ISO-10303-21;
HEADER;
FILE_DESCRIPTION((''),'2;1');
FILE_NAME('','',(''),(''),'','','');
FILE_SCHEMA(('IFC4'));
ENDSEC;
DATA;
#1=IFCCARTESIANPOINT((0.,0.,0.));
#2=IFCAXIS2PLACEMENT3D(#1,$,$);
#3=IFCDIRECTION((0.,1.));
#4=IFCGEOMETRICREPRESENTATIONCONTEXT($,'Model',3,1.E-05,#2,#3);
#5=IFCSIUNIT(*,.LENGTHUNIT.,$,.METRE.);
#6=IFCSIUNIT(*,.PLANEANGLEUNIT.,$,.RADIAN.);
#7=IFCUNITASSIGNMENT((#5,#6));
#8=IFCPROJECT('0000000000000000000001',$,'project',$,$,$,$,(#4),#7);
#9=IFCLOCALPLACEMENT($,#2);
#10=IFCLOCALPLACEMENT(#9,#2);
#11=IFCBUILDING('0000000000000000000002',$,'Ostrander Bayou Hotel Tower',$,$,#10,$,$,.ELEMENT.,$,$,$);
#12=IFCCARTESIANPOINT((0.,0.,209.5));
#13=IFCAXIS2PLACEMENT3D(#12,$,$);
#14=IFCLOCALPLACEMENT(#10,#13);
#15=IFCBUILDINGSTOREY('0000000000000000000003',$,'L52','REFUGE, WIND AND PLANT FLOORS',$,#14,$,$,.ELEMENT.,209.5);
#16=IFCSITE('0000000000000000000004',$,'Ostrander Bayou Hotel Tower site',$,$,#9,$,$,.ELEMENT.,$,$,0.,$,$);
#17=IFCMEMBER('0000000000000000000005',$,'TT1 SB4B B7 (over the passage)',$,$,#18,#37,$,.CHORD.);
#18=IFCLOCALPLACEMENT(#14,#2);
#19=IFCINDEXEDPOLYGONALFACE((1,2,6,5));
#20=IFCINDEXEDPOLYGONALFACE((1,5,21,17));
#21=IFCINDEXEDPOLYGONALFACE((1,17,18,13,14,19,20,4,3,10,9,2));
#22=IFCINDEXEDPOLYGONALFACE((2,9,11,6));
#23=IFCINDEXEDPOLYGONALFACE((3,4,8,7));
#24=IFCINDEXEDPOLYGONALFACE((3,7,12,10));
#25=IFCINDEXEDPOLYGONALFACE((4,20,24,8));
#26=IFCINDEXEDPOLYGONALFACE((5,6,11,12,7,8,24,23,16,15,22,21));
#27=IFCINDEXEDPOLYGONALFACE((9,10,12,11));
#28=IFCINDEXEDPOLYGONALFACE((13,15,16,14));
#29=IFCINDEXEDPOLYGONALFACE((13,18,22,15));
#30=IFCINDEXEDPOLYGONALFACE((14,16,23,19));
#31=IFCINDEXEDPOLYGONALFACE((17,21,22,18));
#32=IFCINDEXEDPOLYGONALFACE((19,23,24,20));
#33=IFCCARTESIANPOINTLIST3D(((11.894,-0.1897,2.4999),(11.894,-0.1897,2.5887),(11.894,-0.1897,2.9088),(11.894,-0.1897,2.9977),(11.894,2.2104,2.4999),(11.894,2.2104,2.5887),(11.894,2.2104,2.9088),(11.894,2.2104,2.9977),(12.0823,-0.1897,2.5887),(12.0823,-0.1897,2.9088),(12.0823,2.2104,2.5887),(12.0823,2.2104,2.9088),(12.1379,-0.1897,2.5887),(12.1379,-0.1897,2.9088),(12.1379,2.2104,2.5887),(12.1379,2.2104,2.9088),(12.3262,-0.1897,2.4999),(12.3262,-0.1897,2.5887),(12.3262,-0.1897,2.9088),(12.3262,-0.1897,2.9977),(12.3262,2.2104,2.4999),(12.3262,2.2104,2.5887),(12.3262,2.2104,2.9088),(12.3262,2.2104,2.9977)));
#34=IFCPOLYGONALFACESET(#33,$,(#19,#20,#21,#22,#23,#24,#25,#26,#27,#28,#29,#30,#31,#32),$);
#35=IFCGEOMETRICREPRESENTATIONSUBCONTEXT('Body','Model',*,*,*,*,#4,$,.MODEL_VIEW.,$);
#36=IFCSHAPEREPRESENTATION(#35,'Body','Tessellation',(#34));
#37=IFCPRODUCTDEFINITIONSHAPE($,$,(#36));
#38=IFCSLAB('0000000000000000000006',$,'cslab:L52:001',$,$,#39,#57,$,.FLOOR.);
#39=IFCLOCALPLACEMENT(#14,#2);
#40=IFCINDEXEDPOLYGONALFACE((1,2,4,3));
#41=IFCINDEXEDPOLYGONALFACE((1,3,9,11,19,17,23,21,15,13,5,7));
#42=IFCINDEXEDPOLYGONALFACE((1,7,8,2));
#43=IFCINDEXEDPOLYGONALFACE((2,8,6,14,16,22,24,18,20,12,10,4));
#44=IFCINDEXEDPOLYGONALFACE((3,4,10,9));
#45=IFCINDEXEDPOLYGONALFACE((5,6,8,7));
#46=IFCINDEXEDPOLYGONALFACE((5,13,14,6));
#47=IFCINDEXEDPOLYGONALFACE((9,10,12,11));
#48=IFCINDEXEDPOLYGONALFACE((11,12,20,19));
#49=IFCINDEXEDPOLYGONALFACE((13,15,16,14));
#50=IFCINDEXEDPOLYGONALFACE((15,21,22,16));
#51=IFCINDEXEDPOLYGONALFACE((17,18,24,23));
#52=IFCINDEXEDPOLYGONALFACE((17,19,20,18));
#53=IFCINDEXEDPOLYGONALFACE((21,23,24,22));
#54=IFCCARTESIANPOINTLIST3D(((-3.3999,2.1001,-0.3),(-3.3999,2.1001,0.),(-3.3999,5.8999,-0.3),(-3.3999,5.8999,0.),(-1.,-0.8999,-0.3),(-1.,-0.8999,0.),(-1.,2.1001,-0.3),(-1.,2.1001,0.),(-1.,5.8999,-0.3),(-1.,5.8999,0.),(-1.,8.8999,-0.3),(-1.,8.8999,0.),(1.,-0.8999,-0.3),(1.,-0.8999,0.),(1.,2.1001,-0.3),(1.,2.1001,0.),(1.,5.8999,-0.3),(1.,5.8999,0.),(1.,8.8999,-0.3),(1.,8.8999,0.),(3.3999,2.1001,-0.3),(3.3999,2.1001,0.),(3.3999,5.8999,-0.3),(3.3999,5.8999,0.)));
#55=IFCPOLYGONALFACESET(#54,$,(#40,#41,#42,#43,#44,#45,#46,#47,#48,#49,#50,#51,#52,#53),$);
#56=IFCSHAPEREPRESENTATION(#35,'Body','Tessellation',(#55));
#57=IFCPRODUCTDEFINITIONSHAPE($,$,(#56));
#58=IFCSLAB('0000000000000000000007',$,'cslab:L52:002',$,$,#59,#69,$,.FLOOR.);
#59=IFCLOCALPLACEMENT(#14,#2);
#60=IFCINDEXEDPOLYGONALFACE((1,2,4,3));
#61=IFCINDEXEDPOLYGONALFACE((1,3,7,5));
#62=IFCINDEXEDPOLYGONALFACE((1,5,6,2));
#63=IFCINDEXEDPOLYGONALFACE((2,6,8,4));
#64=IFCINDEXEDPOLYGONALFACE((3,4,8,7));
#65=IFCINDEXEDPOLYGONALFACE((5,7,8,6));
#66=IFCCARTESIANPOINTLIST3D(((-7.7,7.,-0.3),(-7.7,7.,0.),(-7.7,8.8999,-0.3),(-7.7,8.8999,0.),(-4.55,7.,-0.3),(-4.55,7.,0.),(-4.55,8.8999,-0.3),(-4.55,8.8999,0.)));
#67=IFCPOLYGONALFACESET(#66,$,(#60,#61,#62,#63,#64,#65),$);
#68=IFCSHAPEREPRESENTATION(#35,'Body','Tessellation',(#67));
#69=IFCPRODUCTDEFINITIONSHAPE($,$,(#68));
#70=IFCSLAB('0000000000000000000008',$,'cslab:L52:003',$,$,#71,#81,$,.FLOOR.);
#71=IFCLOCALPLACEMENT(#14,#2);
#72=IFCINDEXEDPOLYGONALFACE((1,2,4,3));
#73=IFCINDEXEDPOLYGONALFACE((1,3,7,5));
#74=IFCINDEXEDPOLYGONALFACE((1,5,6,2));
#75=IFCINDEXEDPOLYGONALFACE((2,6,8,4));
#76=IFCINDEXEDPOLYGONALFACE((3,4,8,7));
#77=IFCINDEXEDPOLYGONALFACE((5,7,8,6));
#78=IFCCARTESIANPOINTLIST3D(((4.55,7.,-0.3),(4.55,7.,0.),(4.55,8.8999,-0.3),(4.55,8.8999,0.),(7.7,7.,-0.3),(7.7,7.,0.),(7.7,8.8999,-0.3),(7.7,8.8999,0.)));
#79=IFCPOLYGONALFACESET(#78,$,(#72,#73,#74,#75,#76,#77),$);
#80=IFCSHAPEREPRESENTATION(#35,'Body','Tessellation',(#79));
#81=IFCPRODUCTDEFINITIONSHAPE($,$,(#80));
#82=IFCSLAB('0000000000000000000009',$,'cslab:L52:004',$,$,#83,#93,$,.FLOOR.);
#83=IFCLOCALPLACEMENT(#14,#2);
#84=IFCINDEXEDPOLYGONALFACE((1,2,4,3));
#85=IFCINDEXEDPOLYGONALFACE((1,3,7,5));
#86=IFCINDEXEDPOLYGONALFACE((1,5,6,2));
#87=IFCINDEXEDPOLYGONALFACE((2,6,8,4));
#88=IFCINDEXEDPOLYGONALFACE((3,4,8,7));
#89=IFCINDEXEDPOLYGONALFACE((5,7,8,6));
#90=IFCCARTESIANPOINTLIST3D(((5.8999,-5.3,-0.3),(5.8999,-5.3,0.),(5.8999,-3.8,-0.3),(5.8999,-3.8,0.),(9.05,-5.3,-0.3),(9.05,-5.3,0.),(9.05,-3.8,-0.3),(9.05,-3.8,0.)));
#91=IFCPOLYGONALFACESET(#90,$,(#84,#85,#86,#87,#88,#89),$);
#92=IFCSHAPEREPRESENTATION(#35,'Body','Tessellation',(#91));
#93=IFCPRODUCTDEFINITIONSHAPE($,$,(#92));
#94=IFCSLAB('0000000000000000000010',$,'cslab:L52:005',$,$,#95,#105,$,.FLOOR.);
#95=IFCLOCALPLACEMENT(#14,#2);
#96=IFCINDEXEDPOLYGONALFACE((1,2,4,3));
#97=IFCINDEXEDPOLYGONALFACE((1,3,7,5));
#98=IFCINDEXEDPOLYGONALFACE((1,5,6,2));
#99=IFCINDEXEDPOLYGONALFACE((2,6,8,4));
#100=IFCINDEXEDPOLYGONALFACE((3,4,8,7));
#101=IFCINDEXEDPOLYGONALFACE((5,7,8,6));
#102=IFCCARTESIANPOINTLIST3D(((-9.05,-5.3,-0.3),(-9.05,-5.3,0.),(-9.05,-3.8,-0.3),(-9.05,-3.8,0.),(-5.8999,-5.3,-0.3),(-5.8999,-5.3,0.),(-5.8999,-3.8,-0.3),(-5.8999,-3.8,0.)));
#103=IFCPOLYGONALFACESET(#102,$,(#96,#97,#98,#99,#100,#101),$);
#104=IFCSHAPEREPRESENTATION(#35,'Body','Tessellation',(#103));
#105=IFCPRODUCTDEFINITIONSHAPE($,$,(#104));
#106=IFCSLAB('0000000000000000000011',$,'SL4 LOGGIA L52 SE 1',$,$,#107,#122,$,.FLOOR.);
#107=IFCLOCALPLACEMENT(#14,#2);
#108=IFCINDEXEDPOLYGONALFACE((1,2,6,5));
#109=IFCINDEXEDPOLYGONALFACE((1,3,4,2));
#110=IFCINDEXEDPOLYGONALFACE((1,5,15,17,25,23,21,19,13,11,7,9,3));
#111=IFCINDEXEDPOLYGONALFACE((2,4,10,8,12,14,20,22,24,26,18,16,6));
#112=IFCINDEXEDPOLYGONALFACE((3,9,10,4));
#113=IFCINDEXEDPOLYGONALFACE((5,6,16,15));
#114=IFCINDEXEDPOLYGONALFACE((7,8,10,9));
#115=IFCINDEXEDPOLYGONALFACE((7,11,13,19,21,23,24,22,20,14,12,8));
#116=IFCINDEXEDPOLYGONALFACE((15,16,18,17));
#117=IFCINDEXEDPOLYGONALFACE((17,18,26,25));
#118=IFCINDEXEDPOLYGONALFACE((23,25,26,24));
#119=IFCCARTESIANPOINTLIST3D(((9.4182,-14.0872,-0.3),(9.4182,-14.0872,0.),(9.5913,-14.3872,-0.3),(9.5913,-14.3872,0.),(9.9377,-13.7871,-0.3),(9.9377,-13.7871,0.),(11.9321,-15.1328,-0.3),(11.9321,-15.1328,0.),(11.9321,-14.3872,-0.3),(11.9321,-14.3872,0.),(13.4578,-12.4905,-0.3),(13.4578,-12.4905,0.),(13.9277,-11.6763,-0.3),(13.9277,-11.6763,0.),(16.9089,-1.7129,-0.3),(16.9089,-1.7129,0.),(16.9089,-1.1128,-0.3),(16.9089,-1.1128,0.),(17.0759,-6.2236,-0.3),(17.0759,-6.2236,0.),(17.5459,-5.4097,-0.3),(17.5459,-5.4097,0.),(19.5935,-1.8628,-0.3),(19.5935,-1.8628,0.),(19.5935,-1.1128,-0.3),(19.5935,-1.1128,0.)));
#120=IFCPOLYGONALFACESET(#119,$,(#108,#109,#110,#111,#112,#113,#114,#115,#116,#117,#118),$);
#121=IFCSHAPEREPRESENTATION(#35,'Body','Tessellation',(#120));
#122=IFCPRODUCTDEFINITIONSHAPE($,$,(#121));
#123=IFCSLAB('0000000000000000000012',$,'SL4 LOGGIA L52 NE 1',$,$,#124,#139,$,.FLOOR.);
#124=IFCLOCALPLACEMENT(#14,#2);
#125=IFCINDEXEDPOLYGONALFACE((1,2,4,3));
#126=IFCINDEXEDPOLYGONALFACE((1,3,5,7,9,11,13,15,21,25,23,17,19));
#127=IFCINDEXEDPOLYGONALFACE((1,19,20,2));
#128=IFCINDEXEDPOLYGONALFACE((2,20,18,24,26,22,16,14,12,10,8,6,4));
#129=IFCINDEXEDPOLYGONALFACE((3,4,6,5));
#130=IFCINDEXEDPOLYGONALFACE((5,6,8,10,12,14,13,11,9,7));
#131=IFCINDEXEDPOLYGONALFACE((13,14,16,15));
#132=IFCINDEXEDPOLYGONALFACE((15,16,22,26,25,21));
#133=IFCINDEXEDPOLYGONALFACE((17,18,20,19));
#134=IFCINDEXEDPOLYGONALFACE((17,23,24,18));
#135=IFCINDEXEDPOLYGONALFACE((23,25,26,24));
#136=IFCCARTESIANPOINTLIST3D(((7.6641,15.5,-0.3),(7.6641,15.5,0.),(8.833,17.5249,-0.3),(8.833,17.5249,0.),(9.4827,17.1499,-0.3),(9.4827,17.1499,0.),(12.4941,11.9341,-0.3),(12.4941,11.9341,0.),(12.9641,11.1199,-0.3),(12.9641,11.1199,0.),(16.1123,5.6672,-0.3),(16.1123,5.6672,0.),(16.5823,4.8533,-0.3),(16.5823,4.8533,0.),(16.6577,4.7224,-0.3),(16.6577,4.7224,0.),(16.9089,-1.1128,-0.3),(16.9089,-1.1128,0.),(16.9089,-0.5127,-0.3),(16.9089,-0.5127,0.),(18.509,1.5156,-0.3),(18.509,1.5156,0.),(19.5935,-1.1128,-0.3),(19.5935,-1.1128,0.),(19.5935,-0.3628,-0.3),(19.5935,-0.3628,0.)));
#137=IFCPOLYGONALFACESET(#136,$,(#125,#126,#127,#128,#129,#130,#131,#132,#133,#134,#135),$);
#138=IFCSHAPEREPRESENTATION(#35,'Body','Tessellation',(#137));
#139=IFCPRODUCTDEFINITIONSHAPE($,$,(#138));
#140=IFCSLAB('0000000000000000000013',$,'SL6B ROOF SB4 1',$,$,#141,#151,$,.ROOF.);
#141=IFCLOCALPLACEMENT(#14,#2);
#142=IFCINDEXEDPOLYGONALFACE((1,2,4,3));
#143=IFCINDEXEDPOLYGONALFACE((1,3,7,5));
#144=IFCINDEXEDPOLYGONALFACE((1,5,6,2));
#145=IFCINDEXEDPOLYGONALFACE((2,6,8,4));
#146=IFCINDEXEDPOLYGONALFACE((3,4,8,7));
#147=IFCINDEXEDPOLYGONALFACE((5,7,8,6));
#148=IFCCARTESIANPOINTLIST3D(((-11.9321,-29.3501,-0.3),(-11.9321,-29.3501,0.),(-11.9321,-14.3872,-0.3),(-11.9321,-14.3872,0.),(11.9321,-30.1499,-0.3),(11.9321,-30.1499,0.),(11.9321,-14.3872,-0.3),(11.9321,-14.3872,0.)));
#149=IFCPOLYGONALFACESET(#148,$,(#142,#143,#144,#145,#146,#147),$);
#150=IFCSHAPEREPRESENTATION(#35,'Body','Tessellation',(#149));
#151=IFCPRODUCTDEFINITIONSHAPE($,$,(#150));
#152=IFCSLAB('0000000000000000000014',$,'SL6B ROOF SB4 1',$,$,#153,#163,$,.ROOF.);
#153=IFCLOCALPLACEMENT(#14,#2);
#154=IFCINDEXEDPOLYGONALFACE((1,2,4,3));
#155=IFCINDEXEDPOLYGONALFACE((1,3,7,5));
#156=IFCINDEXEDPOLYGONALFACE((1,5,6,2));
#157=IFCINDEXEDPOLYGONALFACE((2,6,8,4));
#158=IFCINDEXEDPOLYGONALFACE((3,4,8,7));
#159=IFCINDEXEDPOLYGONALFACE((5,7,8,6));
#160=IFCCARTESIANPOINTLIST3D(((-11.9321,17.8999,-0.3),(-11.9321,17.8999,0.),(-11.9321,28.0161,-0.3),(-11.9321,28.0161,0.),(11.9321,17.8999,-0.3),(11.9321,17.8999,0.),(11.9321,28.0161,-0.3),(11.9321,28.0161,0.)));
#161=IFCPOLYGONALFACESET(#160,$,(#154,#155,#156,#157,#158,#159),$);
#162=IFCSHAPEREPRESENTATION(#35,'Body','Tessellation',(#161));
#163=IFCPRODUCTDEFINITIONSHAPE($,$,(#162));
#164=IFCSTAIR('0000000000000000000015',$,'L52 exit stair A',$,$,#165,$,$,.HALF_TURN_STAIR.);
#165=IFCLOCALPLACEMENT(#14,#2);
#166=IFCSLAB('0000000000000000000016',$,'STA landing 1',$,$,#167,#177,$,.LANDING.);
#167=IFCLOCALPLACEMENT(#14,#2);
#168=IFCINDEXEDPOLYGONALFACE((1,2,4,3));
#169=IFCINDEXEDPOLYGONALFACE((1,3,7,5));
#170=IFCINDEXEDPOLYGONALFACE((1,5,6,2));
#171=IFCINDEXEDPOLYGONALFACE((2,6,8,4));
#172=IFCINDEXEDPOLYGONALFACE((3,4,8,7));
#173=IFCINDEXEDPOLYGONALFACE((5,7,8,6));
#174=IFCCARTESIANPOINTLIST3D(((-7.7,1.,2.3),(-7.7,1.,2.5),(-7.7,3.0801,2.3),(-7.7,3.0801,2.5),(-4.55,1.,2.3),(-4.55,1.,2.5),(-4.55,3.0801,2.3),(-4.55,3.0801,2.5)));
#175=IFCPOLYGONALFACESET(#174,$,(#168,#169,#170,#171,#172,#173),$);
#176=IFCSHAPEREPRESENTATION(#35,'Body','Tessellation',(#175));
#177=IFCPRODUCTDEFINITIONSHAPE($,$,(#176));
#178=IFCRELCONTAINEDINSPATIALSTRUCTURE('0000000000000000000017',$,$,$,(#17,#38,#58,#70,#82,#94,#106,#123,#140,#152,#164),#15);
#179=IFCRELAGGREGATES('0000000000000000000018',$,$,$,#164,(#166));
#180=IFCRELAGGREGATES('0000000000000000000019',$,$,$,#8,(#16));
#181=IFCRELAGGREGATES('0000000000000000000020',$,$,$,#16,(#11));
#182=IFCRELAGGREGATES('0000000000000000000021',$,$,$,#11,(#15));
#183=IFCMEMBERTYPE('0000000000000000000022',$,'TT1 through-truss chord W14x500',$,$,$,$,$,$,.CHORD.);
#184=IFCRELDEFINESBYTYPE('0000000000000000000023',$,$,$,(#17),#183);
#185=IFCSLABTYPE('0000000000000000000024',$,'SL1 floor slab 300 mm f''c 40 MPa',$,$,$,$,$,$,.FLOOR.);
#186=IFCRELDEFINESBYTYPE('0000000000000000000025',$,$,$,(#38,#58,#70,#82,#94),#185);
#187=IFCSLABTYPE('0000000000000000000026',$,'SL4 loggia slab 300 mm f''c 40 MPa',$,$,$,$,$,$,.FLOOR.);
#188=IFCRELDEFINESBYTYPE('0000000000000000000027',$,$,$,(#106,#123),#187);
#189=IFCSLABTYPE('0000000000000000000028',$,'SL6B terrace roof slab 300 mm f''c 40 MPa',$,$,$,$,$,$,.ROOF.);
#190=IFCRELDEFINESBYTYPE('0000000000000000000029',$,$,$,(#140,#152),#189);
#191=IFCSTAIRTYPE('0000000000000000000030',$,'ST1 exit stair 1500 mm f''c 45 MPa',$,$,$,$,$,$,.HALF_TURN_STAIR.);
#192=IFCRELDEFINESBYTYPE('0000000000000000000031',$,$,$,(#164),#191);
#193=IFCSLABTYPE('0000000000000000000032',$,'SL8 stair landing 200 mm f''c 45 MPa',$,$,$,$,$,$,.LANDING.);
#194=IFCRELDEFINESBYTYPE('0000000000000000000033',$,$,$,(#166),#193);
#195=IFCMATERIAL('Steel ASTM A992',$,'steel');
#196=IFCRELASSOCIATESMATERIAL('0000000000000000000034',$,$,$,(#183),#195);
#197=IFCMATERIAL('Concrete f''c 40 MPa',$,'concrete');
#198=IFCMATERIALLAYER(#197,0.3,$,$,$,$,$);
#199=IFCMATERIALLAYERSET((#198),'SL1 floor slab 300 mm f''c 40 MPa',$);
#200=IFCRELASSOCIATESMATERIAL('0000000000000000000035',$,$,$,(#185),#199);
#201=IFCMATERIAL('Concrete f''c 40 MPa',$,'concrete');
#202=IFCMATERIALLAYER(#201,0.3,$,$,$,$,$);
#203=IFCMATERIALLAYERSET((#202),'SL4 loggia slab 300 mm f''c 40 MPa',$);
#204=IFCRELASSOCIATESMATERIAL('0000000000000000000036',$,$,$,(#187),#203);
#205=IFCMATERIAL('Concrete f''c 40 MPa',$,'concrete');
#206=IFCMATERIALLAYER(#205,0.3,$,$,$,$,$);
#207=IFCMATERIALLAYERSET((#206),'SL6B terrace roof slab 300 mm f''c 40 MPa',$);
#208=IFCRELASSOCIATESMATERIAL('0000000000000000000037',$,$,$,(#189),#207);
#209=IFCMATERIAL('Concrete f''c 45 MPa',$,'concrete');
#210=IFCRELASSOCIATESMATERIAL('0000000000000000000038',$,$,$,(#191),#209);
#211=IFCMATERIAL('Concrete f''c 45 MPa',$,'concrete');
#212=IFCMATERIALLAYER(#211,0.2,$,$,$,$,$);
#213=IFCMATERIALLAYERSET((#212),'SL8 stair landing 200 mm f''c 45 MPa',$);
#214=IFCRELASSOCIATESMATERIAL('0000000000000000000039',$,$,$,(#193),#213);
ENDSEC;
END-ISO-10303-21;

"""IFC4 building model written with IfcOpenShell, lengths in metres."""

from ifc_helpers import new_model, si_unit, direction, frame, origin, origin_2d, place, context, subcontext, project, spatial, polyline, i_section, outline, extrude, material, layer, layer_set, material_profile, profile_set, type_object, element, aggregate, save


model = new_model("IFC4")

# Units and contexts
model_context = context("Model", 3, precision=1e-05, world=origin(), true_north=direction((0.0, 1.0)))
body_context = subcontext(model_context, "Body", "Model", "MODEL_VIEW")
ifc_project = project(units=[si_unit("LENGTHUNIT", "METRE"), si_unit("PLANEANGLEUNIT", "RADIAN")], contexts=[model_context])

# Site, building, storey
site_placement = place(None, origin())
site = spatial("IfcSite", under=ifc_project, at=site_placement, Name="Ostrander Bayou Hotel Tower site", CompositionType="ELEMENT", RefElevation=0.0)
building_placement = place(site_placement, origin())
building = spatial("IfcBuilding", under=site, at=building_placement, Name="Ostrander Bayou Hotel Tower", CompositionType="ELEMENT")
storey_placement = place(building_placement, frame((0.0, 0.0, 209.5)))
storey = spatial("IfcBuildingStorey", under=building, at=storey_placement, Name="L52", Description="REFUGE, WIND AND PLANT FLOORS", CompositionType="ELEMENT", Elevation=209.5)

# Member
ifc_material_1 = material(Name="Steel ASTM A992", Category="steel")
ifc_material_profile = material_profile(ifc_material_1, i_section(OverallWidth=0.4321, OverallDepth=0.4978, WebThickness=0.0557, FlangeThickness=0.0889, at=origin_2d()))
ifc_profile_set = profile_set([ifc_material_profile], Name="Steel ASTM A992")
member_type = type_object("IfcMemberType", Name="TT1 through-truss chord W14x500", PredefinedType="CHORD", material=ifc_profile_set)
member_placement = place(storey_placement, frame((12.1101, 2.2104, 2.7488), z_axis=(0.0, -1.0, 0.0), x_axis=(1.0, 0.0, 0.0)))
element("IfcMember", 1, at=member_placement, inside=storey, type_object=member_type, Name="TT1 SB4B B7 (over the passage)", PredefinedType="CHORD", context=body_context, shape_type="SweptSolid", body=[
    extrude(i_section(OverallWidth=0.4321, OverallDepth=0.4978, WebThickness=0.0557, FlangeThickness=0.0889, at=origin_2d()), origin(), (0.0, 0.0, 1.0), 2.4001),
])

# Slabs
ifc_material_2 = material(Name="Concrete f'c 40 MPa", Category="concrete")
ifc_layer_1 = layer(ifc_material_2, 0.3)
ifc_layer_set_1 = layer_set([ifc_layer_1], Name="SL1 floor slab 300 mm f'c 40 MPa")
slab_type_1 = type_object("IfcSlabType", Name="SL1 floor slab 300 mm f'c 40 MPa", PredefinedType="FLOOR", material=ifc_layer_set_1)
slab_1_placement = place(storey_placement, frame((0.0, 0.0, -0.3)))
element("IfcSlab", 2, at=slab_1_placement, inside=storey, type_object=slab_type_1, Name="cslab:L52:001", PredefinedType="FLOOR", context=body_context, shape_type="SweptSolid", body=[
    extrude(outline(polyline([(-3.3999, 5.8999), (-1.0, 5.8999), (-1.0, 8.8999), (1.0, 8.8999), (1.0, 5.8999), (3.3999, 5.8999), (3.3999, 2.1001), (1.0, 2.1001), (1.0, -0.8999), (-1.0, -0.8999), (-1.0, 2.1001), (-3.3999, 2.1001), (-3.3999, 5.8999)])), origin(), (0.0, 0.0, 1.0), 0.3),
])
slab_2_placement = place(storey_placement, frame((0.0, 0.0, -0.3)))
element("IfcSlab", 3, at=slab_2_placement, inside=storey, type_object=slab_type_1, Name="cslab:L52:002", PredefinedType="FLOOR", context=body_context, shape_type="SweptSolid", body=[
    extrude(outline(polyline([(-4.55, 7.0), (-4.55, 8.8999), (-7.7, 8.8999), (-7.7, 7.0), (-4.55, 7.0)])), origin(), (0.0, 0.0, 1.0), 0.3),
])
slab_3_placement = place(storey_placement, frame((0.0, 0.0, -0.3)))
element("IfcSlab", 4, at=slab_3_placement, inside=storey, type_object=slab_type_1, Name="cslab:L52:003", PredefinedType="FLOOR", context=body_context, shape_type="SweptSolid", body=[
    extrude(outline(polyline([(7.7, 7.0), (7.7, 8.8999), (4.55, 8.8999), (4.55, 7.0), (7.7, 7.0)])), origin(), (0.0, 0.0, 1.0), 0.3),
])
slab_4_placement = place(storey_placement, frame((0.0, 0.0, -0.3)))
element("IfcSlab", 5, at=slab_4_placement, inside=storey, type_object=slab_type_1, Name="cslab:L52:004", PredefinedType="FLOOR", context=body_context, shape_type="SweptSolid", body=[
    extrude(outline(polyline([(9.05, -5.3), (9.05, -3.8), (5.8999, -3.8), (5.8999, -5.3), (9.05, -5.3)])), origin(), (0.0, 0.0, 1.0), 0.3),
])
slab_5_placement = place(storey_placement, frame((0.0, 0.0, -0.3)))
element("IfcSlab", 6, at=slab_5_placement, inside=storey, type_object=slab_type_1, Name="cslab:L52:005", PredefinedType="FLOOR", context=body_context, shape_type="SweptSolid", body=[
    extrude(outline(polyline([(-5.8999, -5.3), (-5.8999, -3.8), (-9.05, -3.8), (-9.05, -5.3), (-5.8999, -5.3)])), origin(), (0.0, 0.0, 1.0), 0.3),
])
ifc_material_3 = material(Name="Concrete f'c 40 MPa", Category="concrete")
ifc_layer_2 = layer(ifc_material_3, 0.3)
ifc_layer_set_2 = layer_set([ifc_layer_2], Name="SL4 loggia slab 300 mm f'c 40 MPa")
slab_type_2 = type_object("IfcSlabType", Name="SL4 loggia slab 300 mm f'c 40 MPa", PredefinedType="FLOOR", material=ifc_layer_set_2)
slab_6_placement = place(storey_placement, frame((0.0, 0.0, -0.3)))
element("IfcSlab", 7, at=slab_6_placement, inside=storey, type_object=slab_type_2, Name="SL4 LOGGIA L52 SE 1", PredefinedType="FLOOR", context=body_context, shape_type="SweptSolid", body=[
    extrude(outline(polyline([(13.9277, -11.6763), (13.4578, -12.4905), (11.9321, -15.1328), (11.9321, -14.3872), (9.5913, -14.3872), (9.4182, -14.0872), (9.9377, -13.7871), (16.9089, -1.7129), (16.9089, -1.1128), (19.5935, -1.1128), (19.5935, -1.8628), (17.5459, -5.4097), (17.0759, -6.2236), (13.9277, -11.6763)])), origin(), (0.0, 0.0, 1.0), 0.3),
])
slab_7_placement = place(storey_placement, frame((0.0, 0.0, -0.3)))
element("IfcSlab", 8, at=slab_7_placement, inside=storey, type_object=slab_type_2, Name="SL4 LOGGIA L52 NE 1", PredefinedType="FLOOR", context=body_context, shape_type="SweptSolid", body=[
    extrude(outline(polyline([(9.4827, 17.1499), (12.4941, 11.9341), (12.9641, 11.1199), (16.1123, 5.6672), (16.5823, 4.8533), (16.6577, 4.7224), (18.509, 1.5156), (19.5935, -0.3628), (19.5935, -1.1128), (16.9089, -1.1128), (16.9089, -0.5127), (7.6641, 15.5), (8.833, 17.5249), (9.4827, 17.1499)])), origin(), (0.0, 0.0, 1.0), 0.3),
])
ifc_material_4 = material(Name="Concrete f'c 40 MPa", Category="concrete")
ifc_layer_3 = layer(ifc_material_4, 0.3)
ifc_layer_set_3 = layer_set([ifc_layer_3], Name="SL6B terrace roof slab 300 mm f'c 40 MPa")
slab_type_3 = type_object("IfcSlabType", Name="SL6B terrace roof slab 300 mm f'c 40 MPa", PredefinedType="ROOF", material=ifc_layer_set_3)
slab_8_placement = place(storey_placement, frame((0.0, 0.0, -0.3)))
element("IfcSlab", 9, at=slab_8_placement, inside=storey, type_object=slab_type_3, Name="SL6B ROOF SB4 1", PredefinedType="ROOF", context=body_context, shape_type="SweptSolid", body=[
    extrude(outline(polyline([(-11.9321, -14.3872), (11.9321, -14.3872), (11.9321, -30.1499), (-11.9321, -29.3501), (-11.9321, -14.3872)])), origin(), (0.0, 0.0, 1.0), 0.3),
])
slab_9_placement = place(storey_placement, frame((0.0, 0.0, -0.3)))
element("IfcSlab", 10, at=slab_9_placement, inside=storey, type_object=slab_type_3, Name="SL6B ROOF SB4 1", PredefinedType="ROOF", context=body_context, shape_type="SweptSolid", body=[
    extrude(outline(polyline([(-11.9321, 28.0161), (11.9321, 28.0161), (11.9321, 17.8999), (-11.9321, 17.8999), (-11.9321, 28.0161)])), origin(), (0.0, 0.0, 1.0), 0.3),
])

# Stair, slab
ifc_material_5 = material(Name="Concrete f'c 45 MPa", Category="concrete")
stair_type = type_object("IfcStairType", Name="ST1 exit stair 1500 mm f'c 45 MPa", PredefinedType="HALF_TURN_STAIR", material=ifc_material_5)
stair_1_placement = place(storey_placement, origin())
stair_1 = element("IfcStair", 11, at=stair_1_placement, inside=storey, type_object=stair_type, Name="L52 exit stair A", PredefinedType="HALF_TURN_STAIR")
ifc_material_6 = material(Name="Concrete f'c 45 MPa", Category="concrete")
ifc_layer_4 = layer(ifc_material_6, 0.2)
ifc_layer_set_4 = layer_set([ifc_layer_4], Name="SL8 stair landing 200 mm f'c 45 MPa")
slab_type_4 = type_object("IfcSlabType", Name="SL8 stair landing 200 mm f'c 45 MPa", PredefinedType="LANDING", material=ifc_layer_set_4)
slab_10_placement = place(storey_placement, frame((0.0, 0.0, 2.3)))
slab_10 = element("IfcSlab", 12, at=slab_10_placement, type_object=slab_type_4, Name="STA landing 1", PredefinedType="LANDING", context=body_context, shape_type="SweptSolid", body=[
    extrude(outline(polyline([(-7.7, 3.0801), (-7.7, 1.0), (-4.55, 1.0), (-4.55, 3.0801), (-7.7, 3.0801)])), origin(), (0.0, 0.0, 1.0), 0.2),
])
aggregate(stair_1, [slab_10])

save(model, "model.ifc")
